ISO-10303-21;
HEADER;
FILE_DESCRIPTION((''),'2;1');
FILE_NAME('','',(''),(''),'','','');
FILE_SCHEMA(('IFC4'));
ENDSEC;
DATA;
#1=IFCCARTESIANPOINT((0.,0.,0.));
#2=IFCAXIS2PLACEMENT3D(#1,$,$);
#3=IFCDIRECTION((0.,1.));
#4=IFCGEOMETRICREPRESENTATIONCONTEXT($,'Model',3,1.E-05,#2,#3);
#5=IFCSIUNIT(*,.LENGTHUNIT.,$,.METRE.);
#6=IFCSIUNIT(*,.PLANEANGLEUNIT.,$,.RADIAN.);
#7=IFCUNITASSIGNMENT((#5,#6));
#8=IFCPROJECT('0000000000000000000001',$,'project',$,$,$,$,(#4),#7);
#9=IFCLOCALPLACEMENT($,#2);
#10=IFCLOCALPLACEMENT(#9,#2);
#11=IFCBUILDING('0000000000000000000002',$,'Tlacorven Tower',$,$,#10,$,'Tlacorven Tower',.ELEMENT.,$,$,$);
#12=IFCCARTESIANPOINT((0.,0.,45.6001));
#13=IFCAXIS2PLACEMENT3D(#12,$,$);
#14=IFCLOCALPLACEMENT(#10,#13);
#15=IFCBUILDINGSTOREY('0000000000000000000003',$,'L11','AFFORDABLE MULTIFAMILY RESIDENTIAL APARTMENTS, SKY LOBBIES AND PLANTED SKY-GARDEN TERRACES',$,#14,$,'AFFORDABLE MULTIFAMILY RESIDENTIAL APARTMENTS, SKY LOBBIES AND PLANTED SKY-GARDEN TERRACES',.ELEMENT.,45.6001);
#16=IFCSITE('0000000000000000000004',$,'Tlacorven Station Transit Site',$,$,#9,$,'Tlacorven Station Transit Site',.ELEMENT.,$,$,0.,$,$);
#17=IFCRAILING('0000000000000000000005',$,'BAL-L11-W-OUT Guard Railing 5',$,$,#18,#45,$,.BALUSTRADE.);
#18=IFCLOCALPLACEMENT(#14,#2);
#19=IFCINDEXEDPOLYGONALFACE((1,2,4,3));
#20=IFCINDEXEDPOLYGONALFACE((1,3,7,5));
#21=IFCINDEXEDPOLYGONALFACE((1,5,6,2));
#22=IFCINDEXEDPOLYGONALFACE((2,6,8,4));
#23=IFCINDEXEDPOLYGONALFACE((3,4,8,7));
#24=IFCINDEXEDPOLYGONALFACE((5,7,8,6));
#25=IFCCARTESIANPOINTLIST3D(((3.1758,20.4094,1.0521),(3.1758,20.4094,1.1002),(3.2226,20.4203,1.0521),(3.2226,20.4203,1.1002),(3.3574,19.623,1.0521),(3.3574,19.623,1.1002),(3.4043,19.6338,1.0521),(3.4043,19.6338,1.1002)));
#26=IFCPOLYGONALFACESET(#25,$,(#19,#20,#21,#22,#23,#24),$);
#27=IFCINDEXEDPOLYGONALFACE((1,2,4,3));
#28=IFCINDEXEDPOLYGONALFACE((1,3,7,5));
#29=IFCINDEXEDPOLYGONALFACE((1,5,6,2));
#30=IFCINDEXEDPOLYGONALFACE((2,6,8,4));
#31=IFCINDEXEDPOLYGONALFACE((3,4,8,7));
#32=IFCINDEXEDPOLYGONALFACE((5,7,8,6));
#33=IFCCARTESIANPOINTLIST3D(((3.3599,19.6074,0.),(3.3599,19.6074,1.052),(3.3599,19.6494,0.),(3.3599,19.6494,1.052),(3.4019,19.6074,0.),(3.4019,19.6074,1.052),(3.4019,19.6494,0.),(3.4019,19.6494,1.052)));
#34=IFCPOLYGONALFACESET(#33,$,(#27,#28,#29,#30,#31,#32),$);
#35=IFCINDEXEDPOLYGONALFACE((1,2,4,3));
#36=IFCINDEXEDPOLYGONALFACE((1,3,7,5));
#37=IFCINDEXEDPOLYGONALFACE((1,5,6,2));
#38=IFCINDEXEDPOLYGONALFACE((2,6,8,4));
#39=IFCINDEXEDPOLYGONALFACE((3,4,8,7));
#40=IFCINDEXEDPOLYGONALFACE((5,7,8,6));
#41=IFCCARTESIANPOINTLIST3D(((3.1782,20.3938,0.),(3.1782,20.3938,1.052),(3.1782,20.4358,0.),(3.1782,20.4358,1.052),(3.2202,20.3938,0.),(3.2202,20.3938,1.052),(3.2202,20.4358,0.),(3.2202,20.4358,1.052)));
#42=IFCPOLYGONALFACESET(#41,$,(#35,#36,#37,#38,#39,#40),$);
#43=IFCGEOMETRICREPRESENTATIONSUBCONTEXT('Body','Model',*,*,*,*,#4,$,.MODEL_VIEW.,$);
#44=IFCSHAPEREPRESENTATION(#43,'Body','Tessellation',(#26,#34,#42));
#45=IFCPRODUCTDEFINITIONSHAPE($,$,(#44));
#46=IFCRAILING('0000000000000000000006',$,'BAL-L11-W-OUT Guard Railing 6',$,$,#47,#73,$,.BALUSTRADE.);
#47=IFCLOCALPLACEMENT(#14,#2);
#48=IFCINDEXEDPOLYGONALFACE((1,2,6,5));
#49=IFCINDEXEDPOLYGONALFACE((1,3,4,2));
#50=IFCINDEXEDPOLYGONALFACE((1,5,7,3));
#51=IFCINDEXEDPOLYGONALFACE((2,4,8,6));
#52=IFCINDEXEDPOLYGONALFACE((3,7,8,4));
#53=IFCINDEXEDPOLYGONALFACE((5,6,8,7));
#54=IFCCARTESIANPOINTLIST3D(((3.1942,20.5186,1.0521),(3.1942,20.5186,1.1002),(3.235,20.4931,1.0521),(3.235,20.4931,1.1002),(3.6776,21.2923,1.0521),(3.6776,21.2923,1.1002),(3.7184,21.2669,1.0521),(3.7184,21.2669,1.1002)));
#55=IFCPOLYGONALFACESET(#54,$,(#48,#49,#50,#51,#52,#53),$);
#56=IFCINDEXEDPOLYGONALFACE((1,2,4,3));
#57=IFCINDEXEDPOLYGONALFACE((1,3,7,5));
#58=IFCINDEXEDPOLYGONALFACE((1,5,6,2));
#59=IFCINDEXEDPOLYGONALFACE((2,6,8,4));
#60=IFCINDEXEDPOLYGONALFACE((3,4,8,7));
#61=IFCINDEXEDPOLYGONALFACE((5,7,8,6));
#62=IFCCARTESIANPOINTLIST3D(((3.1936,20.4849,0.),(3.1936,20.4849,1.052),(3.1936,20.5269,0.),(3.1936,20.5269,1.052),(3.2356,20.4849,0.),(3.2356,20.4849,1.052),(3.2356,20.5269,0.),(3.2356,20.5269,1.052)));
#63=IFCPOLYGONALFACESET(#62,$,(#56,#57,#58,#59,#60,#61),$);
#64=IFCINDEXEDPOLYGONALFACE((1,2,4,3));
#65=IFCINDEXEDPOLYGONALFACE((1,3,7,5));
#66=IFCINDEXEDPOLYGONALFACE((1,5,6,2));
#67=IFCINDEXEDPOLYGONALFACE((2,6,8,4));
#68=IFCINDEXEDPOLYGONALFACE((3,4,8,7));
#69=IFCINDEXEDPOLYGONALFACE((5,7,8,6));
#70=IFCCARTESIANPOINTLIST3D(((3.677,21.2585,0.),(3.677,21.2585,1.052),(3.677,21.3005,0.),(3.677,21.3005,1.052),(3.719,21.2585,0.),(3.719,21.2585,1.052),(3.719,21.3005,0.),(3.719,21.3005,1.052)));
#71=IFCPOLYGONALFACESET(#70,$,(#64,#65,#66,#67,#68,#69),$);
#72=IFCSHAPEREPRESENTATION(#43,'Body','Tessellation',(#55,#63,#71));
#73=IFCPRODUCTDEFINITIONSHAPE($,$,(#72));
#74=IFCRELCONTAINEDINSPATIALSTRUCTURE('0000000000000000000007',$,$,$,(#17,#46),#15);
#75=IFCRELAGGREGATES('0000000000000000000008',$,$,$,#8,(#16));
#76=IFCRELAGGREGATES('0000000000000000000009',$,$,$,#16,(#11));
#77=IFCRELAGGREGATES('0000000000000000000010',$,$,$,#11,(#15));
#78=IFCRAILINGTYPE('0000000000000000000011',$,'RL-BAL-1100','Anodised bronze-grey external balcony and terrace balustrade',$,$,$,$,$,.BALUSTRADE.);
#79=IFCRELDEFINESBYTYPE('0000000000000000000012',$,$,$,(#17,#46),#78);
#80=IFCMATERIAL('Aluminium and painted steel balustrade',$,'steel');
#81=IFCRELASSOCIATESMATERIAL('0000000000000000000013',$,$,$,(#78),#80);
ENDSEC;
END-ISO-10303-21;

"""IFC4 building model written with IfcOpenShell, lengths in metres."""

from ifc_helpers import new_model, si_unit, direction, frame, origin, origin_2d, place, context, subcontext, project, spatial, rectangle, extrude, source, transform, mapped, material, type_object, element, save


model = new_model("IFC4")

# Units and contexts
model_context = context("Model", 3, precision=1e-05, world=origin(), true_north=direction((0.0, 1.0)))
body_context = subcontext(model_context, "Body", "Model", "MODEL_VIEW")
ifc_project = project(units=[si_unit("LENGTHUNIT", "METRE"), si_unit("PLANEANGLEUNIT", "RADIAN")], contexts=[model_context])

# Site, building, storey
site_placement = place(None, origin())
site = spatial("IfcSite", under=ifc_project, at=site_placement, Name="Tlacorven Station Transit Site", LongName="Tlacorven Station Transit Site", CompositionType="ELEMENT", RefElevation=0.0)
building_placement = place(site_placement, origin())
building = spatial("IfcBuilding", under=site, at=building_placement, Name="Tlacorven Tower", LongName="Tlacorven Tower", CompositionType="ELEMENT")
storey_placement = place(building_placement, frame((0.0, 0.0, 45.6001)))
storey = spatial("IfcBuildingStorey", under=building, at=storey_placement, Name="L11", Description="AFFORDABLE MULTIFAMILY RESIDENTIAL APARTMENTS, SKY LOBBIES AND PLANTED SKY-GARDEN TERRACES", LongName="AFFORDABLE MULTIFAMILY RESIDENTIAL APARTMENTS, SKY LOBBIES AND PLANTED SKY-GARDEN TERRACES", CompositionType="ELEMENT", Elevation=45.6001)

# Railings
ifc_material_1 = material(Name="Aluminium and painted steel balustrade", Category="steel")
railing_type = type_object("IfcRailingType", Name="RL-BAL-1100", Description="Anodised bronze-grey external balcony and terrace balustrade", PredefinedType="BALUSTRADE", material=ifc_material_1)
shared_shape_1 = source(origin(), body_context, "Body", "SweptSolid", [
    extrude(rectangle(XDim=0.0481, YDim=0.0481, at=origin_2d()), frame((0.0, 0.0, 1.0762), z_axis=(-0.225058, 0.974345, 0.0), x_axis=(-0.974345, -0.225058, 0.0)), (0.0, 0.0, 1.0), 0.8071),
    extrude(rectangle(XDim=0.042, YDim=0.042, at=origin_2d()), origin(), (0.0, 0.0, 1.0), 1.052),
    extrude(rectangle(XDim=0.042, YDim=0.042, at=origin_2d()), frame((-0.1816, 0.7864, 0.0)), (0.0, 0.0, 1.0), 1.052),
])
railing_1_placement = place(storey_placement, frame((3.3809, 19.6284, 0.0)))
element("IfcRailing", 1, at=railing_1_placement, inside=storey, type_object=railing_type, Name="BAL-L11-W-OUT Guard Railing 5", PredefinedType="BALUSTRADE", context=body_context, shape_type="MappedRepresentation", body=[
    mapped(shared_shape_1, transform((0.0, 0.0, 0.0), scale=1.0)),
])
shared_shape_2 = source(origin(), body_context, "Body", "SweptSolid", [
    extrude(rectangle(XDim=0.0481, YDim=0.0481, at=origin_2d()), frame((0.0, 0.0, 1.0762), z_axis=(0.529879, 0.848073, 0.0), x_axis=(-0.848073, 0.529879, 0.0)), (0.0, 0.0, 1.0), 0.9124),
    extrude(rectangle(XDim=0.042, YDim=0.042, at=origin_2d()), origin(), (0.0, 0.0, 1.0), 1.052),
    extrude(rectangle(XDim=0.042, YDim=0.042, at=origin_2d()), frame((0.4834, 0.7737, 0.0)), (0.0, 0.0, 1.0), 1.052),
])
railing_2_placement = place(storey_placement, frame((3.2146, 20.5059, 0.0)))
element("IfcRailing", 2, at=railing_2_placement, inside=storey, type_object=railing_type, Name="BAL-L11-W-OUT Guard Railing 6", PredefinedType="BALUSTRADE", context=body_context, shape_type="MappedRepresentation", body=[
    mapped(shared_shape_2, transform((0.0, 0.0, 0.0), scale=1.0)),
])

save(model, "model.ifc")
